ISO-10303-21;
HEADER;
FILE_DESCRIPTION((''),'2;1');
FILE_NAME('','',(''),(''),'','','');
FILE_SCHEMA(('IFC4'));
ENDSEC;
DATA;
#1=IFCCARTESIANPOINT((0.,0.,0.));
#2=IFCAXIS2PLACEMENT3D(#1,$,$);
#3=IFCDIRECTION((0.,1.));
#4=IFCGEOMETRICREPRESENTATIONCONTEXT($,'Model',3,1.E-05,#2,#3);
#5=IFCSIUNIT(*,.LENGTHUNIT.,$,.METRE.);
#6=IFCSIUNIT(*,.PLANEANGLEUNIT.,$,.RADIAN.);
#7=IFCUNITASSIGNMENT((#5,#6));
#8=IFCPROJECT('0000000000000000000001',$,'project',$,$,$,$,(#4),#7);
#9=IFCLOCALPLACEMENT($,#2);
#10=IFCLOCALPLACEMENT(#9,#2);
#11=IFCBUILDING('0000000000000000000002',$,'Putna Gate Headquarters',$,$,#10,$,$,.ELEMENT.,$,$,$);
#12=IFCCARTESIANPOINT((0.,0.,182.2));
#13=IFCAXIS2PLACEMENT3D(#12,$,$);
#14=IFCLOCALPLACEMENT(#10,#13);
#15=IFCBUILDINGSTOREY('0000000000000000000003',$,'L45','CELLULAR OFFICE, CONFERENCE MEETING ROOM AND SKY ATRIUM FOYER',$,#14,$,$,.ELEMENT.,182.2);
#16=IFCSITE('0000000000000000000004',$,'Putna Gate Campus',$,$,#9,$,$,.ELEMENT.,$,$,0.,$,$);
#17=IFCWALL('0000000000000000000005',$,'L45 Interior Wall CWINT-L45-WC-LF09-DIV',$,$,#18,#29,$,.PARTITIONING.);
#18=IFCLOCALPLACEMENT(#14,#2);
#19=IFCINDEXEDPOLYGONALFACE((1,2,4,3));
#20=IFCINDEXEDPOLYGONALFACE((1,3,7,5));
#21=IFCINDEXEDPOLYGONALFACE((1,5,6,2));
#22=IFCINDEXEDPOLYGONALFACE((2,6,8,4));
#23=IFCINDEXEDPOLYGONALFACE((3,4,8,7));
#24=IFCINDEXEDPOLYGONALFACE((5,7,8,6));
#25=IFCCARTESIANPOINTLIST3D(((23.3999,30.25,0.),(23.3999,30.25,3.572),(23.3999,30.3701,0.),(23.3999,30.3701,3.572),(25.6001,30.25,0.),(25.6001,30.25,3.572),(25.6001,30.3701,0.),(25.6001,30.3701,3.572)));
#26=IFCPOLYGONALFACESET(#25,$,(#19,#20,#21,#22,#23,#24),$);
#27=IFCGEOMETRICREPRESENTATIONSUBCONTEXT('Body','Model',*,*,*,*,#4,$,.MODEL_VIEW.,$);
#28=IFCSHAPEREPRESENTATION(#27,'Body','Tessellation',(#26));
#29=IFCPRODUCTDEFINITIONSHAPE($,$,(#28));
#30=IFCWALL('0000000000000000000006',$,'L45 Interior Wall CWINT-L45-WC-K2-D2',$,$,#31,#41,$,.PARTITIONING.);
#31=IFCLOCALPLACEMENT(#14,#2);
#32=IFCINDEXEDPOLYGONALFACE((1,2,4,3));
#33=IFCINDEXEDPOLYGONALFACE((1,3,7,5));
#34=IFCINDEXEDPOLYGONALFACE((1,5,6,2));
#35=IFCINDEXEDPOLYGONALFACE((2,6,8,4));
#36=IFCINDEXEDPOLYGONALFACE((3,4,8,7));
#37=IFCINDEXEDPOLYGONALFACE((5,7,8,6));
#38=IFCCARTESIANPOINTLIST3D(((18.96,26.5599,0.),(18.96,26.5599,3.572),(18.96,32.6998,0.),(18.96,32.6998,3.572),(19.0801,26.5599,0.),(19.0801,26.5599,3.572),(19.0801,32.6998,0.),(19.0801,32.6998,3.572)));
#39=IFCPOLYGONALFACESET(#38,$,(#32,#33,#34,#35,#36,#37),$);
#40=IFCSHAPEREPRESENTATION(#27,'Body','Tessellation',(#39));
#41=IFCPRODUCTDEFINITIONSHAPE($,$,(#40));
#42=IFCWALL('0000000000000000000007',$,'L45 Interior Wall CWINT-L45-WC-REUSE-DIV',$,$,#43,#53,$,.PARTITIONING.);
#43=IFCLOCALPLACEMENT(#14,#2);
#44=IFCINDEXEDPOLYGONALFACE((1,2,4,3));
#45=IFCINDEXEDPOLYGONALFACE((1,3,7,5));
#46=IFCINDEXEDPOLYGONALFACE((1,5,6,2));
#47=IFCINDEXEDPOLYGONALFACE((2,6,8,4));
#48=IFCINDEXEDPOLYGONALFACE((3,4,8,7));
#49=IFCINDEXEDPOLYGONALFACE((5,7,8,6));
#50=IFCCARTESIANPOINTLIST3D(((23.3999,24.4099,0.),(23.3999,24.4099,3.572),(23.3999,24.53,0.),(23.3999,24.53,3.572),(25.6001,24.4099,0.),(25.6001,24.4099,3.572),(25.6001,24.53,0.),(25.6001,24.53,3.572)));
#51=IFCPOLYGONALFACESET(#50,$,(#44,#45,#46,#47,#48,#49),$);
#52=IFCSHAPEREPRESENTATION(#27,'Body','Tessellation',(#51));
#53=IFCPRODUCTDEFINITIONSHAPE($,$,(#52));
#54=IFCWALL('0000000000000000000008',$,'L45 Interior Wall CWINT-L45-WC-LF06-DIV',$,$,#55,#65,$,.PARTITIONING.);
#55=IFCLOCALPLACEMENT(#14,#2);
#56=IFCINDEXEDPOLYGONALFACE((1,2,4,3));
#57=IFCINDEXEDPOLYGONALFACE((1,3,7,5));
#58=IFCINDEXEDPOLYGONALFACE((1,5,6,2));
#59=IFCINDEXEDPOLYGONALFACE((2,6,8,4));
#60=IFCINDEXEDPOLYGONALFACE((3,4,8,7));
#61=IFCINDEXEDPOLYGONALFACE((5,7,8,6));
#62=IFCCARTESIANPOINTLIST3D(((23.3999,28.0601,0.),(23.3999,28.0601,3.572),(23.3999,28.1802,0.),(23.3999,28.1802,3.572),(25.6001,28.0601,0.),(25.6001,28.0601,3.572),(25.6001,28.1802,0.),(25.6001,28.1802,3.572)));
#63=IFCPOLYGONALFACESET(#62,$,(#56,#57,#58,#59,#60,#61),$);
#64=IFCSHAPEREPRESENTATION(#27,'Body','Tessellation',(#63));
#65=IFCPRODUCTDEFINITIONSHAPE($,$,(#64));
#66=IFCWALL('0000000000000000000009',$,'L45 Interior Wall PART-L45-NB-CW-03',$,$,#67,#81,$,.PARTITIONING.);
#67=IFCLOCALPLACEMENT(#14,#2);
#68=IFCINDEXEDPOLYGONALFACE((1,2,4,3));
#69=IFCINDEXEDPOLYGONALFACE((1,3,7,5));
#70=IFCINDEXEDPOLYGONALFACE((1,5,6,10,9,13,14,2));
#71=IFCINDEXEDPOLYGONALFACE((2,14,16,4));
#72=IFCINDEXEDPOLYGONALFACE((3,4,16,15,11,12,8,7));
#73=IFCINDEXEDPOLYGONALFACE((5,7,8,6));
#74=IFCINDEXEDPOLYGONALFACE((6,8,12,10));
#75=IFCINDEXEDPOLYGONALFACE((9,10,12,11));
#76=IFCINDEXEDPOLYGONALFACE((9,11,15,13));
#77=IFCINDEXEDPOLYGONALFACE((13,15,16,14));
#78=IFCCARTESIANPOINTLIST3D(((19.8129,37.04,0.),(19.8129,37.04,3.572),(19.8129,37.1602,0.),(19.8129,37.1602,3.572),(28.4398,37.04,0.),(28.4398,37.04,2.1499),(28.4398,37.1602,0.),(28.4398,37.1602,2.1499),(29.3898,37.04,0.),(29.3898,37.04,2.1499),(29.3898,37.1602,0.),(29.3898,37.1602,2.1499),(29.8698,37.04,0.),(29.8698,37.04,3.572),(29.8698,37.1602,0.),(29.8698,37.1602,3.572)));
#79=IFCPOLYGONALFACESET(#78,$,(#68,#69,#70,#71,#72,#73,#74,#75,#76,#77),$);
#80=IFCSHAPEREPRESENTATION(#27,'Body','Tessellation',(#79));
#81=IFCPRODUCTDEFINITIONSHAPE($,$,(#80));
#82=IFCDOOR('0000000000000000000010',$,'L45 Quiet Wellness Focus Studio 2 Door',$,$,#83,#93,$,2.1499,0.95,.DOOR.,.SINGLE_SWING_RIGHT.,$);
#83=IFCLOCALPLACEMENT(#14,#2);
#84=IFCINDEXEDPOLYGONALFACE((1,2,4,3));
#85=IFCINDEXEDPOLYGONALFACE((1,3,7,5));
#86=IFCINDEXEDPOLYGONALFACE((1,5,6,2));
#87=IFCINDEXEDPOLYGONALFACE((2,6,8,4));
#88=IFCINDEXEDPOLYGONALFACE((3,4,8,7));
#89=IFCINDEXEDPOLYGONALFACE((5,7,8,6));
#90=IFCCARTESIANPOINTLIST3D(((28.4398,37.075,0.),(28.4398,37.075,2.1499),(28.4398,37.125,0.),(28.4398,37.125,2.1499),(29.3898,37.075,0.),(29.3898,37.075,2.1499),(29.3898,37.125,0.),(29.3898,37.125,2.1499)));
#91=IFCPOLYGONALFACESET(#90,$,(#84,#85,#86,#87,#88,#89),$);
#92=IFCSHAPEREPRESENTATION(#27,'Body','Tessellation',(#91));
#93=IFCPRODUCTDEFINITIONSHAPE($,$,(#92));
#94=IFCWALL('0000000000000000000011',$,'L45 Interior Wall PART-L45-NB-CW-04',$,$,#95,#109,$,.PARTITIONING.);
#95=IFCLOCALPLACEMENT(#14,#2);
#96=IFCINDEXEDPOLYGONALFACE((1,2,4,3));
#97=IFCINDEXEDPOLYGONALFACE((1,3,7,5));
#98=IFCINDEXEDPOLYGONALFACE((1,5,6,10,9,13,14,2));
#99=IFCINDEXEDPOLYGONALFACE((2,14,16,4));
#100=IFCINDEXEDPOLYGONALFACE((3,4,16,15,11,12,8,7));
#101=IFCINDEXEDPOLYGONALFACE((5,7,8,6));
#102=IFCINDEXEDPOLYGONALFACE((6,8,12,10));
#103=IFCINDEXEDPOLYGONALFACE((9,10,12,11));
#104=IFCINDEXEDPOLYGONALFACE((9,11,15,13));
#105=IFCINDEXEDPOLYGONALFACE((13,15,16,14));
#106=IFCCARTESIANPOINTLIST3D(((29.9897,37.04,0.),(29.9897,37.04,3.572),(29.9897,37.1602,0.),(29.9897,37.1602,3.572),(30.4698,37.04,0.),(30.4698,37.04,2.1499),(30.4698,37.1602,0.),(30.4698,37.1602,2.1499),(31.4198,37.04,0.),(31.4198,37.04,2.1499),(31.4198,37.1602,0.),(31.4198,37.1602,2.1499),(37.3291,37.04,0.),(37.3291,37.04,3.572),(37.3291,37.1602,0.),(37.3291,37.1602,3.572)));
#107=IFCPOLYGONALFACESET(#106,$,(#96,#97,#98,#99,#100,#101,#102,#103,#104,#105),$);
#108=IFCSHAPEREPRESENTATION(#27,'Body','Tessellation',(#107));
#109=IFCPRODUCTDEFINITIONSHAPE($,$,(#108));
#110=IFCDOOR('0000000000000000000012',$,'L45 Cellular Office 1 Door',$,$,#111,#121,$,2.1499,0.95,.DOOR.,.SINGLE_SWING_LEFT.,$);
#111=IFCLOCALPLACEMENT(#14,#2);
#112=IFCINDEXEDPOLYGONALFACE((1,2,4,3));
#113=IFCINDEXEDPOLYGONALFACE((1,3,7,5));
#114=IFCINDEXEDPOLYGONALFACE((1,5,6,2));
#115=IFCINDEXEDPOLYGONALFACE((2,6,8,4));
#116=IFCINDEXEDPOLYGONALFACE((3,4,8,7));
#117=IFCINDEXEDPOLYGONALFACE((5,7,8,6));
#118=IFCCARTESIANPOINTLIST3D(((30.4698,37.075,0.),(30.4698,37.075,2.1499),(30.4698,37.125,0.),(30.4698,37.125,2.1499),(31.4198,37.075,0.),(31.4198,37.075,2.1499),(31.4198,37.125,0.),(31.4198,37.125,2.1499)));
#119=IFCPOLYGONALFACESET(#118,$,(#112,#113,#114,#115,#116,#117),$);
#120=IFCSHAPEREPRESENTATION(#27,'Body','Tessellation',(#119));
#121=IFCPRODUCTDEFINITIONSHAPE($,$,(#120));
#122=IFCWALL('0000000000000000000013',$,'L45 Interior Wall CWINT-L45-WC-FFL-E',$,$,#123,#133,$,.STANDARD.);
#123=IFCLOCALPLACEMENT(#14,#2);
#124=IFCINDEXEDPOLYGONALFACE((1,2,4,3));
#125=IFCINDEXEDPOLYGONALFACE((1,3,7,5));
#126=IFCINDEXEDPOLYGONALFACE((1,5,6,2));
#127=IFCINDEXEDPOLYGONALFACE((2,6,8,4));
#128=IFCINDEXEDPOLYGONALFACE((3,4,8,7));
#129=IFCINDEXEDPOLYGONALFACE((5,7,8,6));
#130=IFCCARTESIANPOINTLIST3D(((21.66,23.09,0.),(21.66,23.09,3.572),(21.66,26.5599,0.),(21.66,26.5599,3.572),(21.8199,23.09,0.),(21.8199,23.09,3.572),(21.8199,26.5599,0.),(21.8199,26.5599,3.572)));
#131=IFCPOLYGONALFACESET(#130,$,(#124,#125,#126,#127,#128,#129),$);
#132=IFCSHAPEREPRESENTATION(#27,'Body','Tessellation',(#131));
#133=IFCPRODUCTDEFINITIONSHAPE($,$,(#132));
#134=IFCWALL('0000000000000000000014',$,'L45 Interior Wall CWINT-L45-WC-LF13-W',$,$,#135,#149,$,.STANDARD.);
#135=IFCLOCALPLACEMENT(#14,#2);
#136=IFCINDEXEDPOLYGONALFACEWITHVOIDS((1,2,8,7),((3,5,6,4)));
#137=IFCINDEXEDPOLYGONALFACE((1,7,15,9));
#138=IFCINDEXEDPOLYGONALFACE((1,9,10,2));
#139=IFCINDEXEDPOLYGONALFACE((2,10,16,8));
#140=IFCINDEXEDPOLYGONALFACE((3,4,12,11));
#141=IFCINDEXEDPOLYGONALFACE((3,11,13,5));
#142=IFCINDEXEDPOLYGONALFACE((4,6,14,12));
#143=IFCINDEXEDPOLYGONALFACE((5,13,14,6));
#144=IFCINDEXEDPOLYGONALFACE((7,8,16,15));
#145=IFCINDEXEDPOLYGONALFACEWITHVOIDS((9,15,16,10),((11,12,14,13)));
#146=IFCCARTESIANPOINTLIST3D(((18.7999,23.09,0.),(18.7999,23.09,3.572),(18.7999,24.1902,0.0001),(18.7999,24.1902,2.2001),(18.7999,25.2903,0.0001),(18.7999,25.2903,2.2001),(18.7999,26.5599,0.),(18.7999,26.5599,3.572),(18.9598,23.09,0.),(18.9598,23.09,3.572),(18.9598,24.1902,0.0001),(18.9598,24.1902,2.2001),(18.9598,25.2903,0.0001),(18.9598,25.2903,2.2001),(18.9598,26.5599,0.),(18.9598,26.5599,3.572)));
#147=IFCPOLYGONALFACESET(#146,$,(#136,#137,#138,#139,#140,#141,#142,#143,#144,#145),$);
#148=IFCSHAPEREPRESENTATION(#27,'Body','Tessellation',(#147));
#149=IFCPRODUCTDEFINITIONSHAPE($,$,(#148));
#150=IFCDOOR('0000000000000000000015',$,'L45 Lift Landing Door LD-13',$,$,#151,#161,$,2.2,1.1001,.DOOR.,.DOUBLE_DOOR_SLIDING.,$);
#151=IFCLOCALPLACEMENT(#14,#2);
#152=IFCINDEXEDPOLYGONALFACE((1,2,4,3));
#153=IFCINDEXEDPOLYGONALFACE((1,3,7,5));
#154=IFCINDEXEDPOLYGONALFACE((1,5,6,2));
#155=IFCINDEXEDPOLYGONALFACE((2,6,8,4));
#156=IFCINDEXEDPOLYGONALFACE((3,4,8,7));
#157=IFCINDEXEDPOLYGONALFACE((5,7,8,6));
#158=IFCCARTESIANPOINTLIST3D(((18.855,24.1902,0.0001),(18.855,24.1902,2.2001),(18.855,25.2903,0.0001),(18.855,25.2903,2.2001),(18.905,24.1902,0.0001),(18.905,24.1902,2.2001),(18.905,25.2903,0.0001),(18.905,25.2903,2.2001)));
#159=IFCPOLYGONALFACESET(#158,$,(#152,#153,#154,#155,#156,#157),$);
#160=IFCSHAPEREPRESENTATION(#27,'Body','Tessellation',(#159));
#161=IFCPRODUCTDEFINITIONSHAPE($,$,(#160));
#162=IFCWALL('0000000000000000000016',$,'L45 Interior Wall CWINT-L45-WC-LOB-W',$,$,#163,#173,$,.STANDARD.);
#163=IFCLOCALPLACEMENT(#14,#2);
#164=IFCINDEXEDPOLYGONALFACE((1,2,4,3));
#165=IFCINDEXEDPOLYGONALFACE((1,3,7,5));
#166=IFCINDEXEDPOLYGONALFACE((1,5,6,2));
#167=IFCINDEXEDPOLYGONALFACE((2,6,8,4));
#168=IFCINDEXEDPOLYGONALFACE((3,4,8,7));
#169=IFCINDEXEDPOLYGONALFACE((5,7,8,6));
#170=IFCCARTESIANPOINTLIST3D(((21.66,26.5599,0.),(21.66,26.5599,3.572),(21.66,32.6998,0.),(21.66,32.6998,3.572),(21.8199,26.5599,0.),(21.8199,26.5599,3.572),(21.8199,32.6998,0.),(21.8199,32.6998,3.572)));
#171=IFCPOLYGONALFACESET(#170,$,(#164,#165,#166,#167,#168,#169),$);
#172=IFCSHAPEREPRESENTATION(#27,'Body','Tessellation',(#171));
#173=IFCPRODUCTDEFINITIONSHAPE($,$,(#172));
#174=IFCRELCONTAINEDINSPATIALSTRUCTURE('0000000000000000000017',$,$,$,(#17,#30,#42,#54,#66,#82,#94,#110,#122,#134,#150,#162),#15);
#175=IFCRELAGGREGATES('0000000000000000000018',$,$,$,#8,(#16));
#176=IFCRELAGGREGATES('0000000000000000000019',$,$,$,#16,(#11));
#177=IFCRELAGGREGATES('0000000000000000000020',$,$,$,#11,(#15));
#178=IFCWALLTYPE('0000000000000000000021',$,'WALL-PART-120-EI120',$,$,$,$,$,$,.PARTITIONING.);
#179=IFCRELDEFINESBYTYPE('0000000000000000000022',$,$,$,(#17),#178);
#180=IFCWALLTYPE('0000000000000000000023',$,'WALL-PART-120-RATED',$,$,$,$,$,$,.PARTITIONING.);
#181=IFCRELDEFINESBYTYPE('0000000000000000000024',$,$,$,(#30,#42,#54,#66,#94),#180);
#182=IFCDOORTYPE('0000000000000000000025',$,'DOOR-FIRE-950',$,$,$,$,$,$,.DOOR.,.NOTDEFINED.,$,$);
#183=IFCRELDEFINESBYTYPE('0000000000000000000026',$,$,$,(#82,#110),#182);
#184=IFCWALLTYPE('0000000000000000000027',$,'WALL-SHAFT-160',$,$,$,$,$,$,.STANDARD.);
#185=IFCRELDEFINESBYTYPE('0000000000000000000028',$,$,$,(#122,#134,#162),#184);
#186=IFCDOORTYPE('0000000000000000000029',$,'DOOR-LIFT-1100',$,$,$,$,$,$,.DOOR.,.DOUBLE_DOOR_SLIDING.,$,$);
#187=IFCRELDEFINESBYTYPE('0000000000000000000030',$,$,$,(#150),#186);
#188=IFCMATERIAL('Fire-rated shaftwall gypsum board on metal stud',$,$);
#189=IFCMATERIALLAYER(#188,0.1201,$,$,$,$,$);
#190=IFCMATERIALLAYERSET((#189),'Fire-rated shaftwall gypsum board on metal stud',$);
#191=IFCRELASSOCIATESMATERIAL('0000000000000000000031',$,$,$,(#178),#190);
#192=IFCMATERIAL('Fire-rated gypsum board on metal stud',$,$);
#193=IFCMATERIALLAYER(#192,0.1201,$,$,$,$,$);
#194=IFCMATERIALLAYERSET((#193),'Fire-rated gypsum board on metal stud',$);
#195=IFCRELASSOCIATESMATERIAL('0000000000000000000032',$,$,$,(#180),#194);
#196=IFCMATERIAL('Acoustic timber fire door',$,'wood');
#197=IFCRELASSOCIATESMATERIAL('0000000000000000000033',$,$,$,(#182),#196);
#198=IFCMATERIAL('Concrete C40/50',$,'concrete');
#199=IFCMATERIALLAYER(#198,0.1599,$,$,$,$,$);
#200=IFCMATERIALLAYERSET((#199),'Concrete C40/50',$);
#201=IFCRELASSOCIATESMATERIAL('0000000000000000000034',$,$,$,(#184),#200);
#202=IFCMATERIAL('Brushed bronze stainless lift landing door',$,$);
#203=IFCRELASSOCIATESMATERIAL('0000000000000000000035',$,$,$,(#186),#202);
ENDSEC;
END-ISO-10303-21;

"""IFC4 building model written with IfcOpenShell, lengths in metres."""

from ifc_helpers import new_model, si_unit, direction, frame, frame_2d, origin, place, context, subcontext, project, spatial, rectangle, extrude, material, layer, layer_set, type_object, element, fill, save


model = new_model("IFC4")

# Units and contexts
model_context = context("Model", 3, precision=1e-05, world=origin(), true_north=direction((0.0, 1.0)))
body_context = subcontext(model_context, "Body", "Model", "MODEL_VIEW")
ifc_project = project(units=[si_unit("LENGTHUNIT", "METRE"), si_unit("PLANEANGLEUNIT", "RADIAN")], contexts=[model_context])

# Site, building, storey
site_placement = place(None, origin())
site = spatial("IfcSite", under=ifc_project, at=site_placement, Name="Putna Gate Campus", CompositionType="ELEMENT", RefElevation=0.0)
building_placement = place(site_placement, origin())
building = spatial("IfcBuilding", under=site, at=building_placement, Name="Putna Gate Headquarters", CompositionType="ELEMENT")
storey_placement = place(building_placement, frame((0.0, 0.0, 182.2)))
storey = spatial("IfcBuildingStorey", under=building, at=storey_placement, Name="L45", Description="CELLULAR OFFICE, CONFERENCE MEETING ROOM AND SKY ATRIUM FOYER", CompositionType="ELEMENT", Elevation=182.2)

# Walls
ifc_material_1 = material(Name="Fire-rated shaftwall gypsum board on metal stud")
ifc_layer_1 = layer(ifc_material_1, 0.1201)
ifc_layer_set_1 = layer_set([ifc_layer_1], Name="Fire-rated shaftwall gypsum board on metal stud")
wall_type_1 = type_object("IfcWallType", Name="WALL-PART-120-EI120", PredefinedType="PARTITIONING", material=ifc_layer_set_1)
wall_1_placement = place(storey_placement, frame((23.3999, 30.3101, 0.0), z_axis=(0.0, 0.0, 1.0), x_axis=(1.0, 0.0, 0.0)))
element("IfcWall", 1, at=wall_1_placement, inside=storey, type_object=wall_type_1, Name="L45 Interior Wall CWINT-L45-WC-LF09-DIV", PredefinedType="PARTITIONING", context=body_context, shape_type="SweptSolid", body=[
    extrude(rectangle(XDim=2.2002, YDim=0.1201, at=frame_2d((1.1001, 0.0))), origin(), (0.0, 0.0, 1.0), 3.572),
])
ifc_material_2 = material(Name="Fire-rated gypsum board on metal stud")
ifc_layer_2 = layer(ifc_material_2, 0.1201)
ifc_layer_set_2 = layer_set([ifc_layer_2], Name="Fire-rated gypsum board on metal stud")
wall_type_2 = type_object("IfcWallType", Name="WALL-PART-120-RATED", PredefinedType="PARTITIONING", material=ifc_layer_set_2)
wall_2_placement = place(storey_placement, frame((19.02, 26.5601, 0.0), z_axis=(0.0, 0.0, 1.0), x_axis=(0.0, 1.0, 0.0)))
element("IfcWall", 2, at=wall_2_placement, inside=storey, type_object=wall_type_2, Name="L45 Interior Wall CWINT-L45-WC-K2-D2", PredefinedType="PARTITIONING", context=body_context, shape_type="SweptSolid", body=[
    extrude(rectangle(XDim=6.1399, YDim=0.1201, at=frame_2d((3.0698, 0.0))), origin(), (0.0, 0.0, 1.0), 3.572),
])
for number, where, z_axis, x_axis, name in (
    (3, (23.3999, 24.47, 0.0), (0.0, 0.0, 1.0), (1.0, 0.0, 0.0), "L45 Interior Wall CWINT-L45-WC-REUSE-DIV"),
    (4, (23.3999, 28.1201, 0.0), (0.0, 0.0, 1.0), (1.0, 0.0, 0.0), "L45 Interior Wall CWINT-L45-WC-LF06-DIV"),
):
    element("IfcWall", number, at=place(storey_placement, frame(where, z_axis=z_axis, x_axis=x_axis)), inside=storey, type_object=wall_type_2, Name=name, PredefinedType="PARTITIONING", context=body_context, shape_type="SweptSolid", body=[
        extrude(rectangle(XDim=2.2002, YDim=0.1201, at=frame_2d((1.1001, 0.0))), origin(), (0.0, 0.0, 1.0), 3.572),
    ])

# Walls, openings, doors
wall_3_placement = place(storey_placement, frame((19.813, 37.1001, 0.0), z_axis=(0.0, 0.0, 1.0), x_axis=(1.0, 0.0, 0.0)))
wall_3 = element("IfcWall", 5, at=wall_3_placement, inside=storey, type_object=wall_type_2, Name="L45 Interior Wall PART-L45-NB-CW-03", PredefinedType="PARTITIONING", context=body_context, shape_type="SweptSolid", body=[
    extrude(rectangle(XDim=10.0569, YDim=0.1201, at=frame_2d((5.0283, 0.0))), origin(), (0.0, 0.0, 1.0), 3.572),
])
opening_1_placement = place(wall_3_placement, frame((8.6267, 0.0, 0.0)))
opening_1 = element("IfcOpeningElement", 6, at=opening_1_placement, cuts=wall_3, PredefinedType="OPENING", context=body_context, shape_type="SweptSolid", body=[
    extrude(rectangle(XDim=0.95, YDim=2.1499, at=frame_2d((0.4751, 1.075))), frame((0.0, 0.0701, 0.0), z_axis=(0.0, -1.0, 0.0), x_axis=(1.0, 0.0, 0.0)), (0.0, 0.0, 1.0), 0.1401),
])
ifc_material_3 = material(Name="Acoustic timber fire door", Category="wood")
door_type_1 = type_object("IfcDoorType", Name="DOOR-FIRE-950", OperationType="NOTDEFINED", PredefinedType="DOOR", material=ifc_material_3)
door_1_placement = place(opening_1_placement, origin())
door_1 = element("IfcDoor", 7, at=door_1_placement, inside=storey, type_object=door_type_1, Name="L45 Quiet Wellness Focus Studio 2 Door", OperationType="SINGLE_SWING_RIGHT", OverallHeight=2.1499, OverallWidth=0.95, PredefinedType="DOOR", context=body_context, shape_type="SweptSolid", body=[
    extrude(rectangle(XDim=0.95, YDim=2.1499, at=frame_2d((0.4751, 1.075))), frame((0.0, 0.0249, 0.0), z_axis=(0.0, -1.0, 0.0), x_axis=(1.0, 0.0, 0.0)), (0.0, 0.0, 1.0), 0.05),
])
fill(opening_1, door_1)
wall_4_placement = place(storey_placement, frame((29.9897, 37.1001, 0.0), z_axis=(0.0, 0.0, 1.0), x_axis=(1.0, 0.0, 0.0)))
wall_4 = element("IfcWall", 8, at=wall_4_placement, inside=storey, type_object=wall_type_2, Name="L45 Interior Wall PART-L45-NB-CW-04", PredefinedType="PARTITIONING", context=body_context, shape_type="SweptSolid", body=[
    extrude(rectangle(XDim=7.3394, YDim=0.1201, at=frame_2d((3.6697, 0.0))), origin(), (0.0, 0.0, 1.0), 3.572),
])
opening_2_placement = place(wall_4_placement, frame((0.48, 0.0, 0.0)))
opening_2 = element("IfcOpeningElement", 9, at=opening_2_placement, cuts=wall_4, PredefinedType="OPENING", context=body_context, shape_type="SweptSolid", body=[
    extrude(rectangle(XDim=0.95, YDim=2.1499, at=frame_2d((0.4751, 1.075))), frame((0.0, 0.0701, 0.0), z_axis=(0.0, -1.0, 0.0), x_axis=(1.0, 0.0, 0.0)), (0.0, 0.0, 1.0), 0.1401),
])
door_2_placement = place(opening_2_placement, origin())
door_2 = element("IfcDoor", 10, at=door_2_placement, inside=storey, type_object=door_type_1, Name="L45 Cellular Office 1 Door", OperationType="SINGLE_SWING_LEFT", OverallHeight=2.1499, OverallWidth=0.95, PredefinedType="DOOR", context=body_context, shape_type="SweptSolid", body=[
    extrude(rectangle(XDim=0.95, YDim=2.1499, at=frame_2d((0.4751, 1.075))), frame((0.0, 0.0249, 0.0), z_axis=(0.0, -1.0, 0.0), x_axis=(1.0, 0.0, 0.0)), (0.0, 0.0, 1.0), 0.05),
])
fill(opening_2, door_2)

# Wall
ifc_material_4 = material(Name="Concrete C40/50", Category="concrete")
ifc_layer_3 = layer(ifc_material_4, 0.1599)
ifc_layer_set_3 = layer_set([ifc_layer_3], Name="Concrete C40/50")
wall_type_3 = type_object("IfcWallType", Name="WALL-SHAFT-160", PredefinedType="STANDARD", material=ifc_layer_set_3)
wall_5_placement = place(storey_placement, frame((21.74, 23.0901, 0.0), z_axis=(0.0, 0.0, 1.0), x_axis=(0.0, 1.0, 0.0)))
element("IfcWall", 11, at=wall_5_placement, inside=storey, type_object=wall_type_3, Name="L45 Interior Wall CWINT-L45-WC-FFL-E", PredefinedType="STANDARD", context=body_context, shape_type="SweptSolid", body=[
    extrude(rectangle(XDim=3.47, YDim=0.1599, at=frame_2d((1.7349, 0.0))), origin(), (0.0, 0.0, 1.0), 3.572),
])

# Wall, opening, door
wall_6_placement = place(storey_placement, frame((18.8799, 23.0901, 0.0), z_axis=(0.0, 0.0, 1.0), x_axis=(0.0, 1.0, 0.0)))
wall_6 = element("IfcWall", 12, at=wall_6_placement, inside=storey, type_object=wall_type_3, Name="L45 Interior Wall CWINT-L45-WC-LF13-W", PredefinedType="STANDARD", context=body_context, shape_type="SweptSolid", body=[
    extrude(rectangle(XDim=3.47, YDim=0.1599, at=frame_2d((1.7349, 0.0))), origin(), (0.0, 0.0, 1.0), 3.572),
])
opening_3_placement = place(wall_6_placement, frame((1.1001, 0.0, 0.0)))
opening_3 = element("IfcOpeningElement", 13, at=opening_3_placement, cuts=wall_6, PredefinedType="OPENING", context=body_context, shape_type="SweptSolid", body=[
    extrude(rectangle(XDim=1.1001, YDim=2.2, at=frame_2d((0.55, 1.1001))), frame((0.0, 0.0898, 0.0), z_axis=(0.0, -1.0, 0.0), x_axis=(1.0, 0.0, 0.0)), (0.0, 0.0, 1.0), 0.1799),
])
ifc_material_5 = material(Name="Brushed bronze stainless lift landing door")
door_type_2 = type_object("IfcDoorType", Name="DOOR-LIFT-1100", OperationType="DOUBLE_DOOR_SLIDING", PredefinedType="DOOR", material=ifc_material_5)
door_3_placement = place(opening_3_placement, origin())
door_3 = element("IfcDoor", 14, at=door_3_placement, inside=storey, type_object=door_type_2, Name="L45 Lift Landing Door LD-13", OperationType="DOUBLE_DOOR_SLIDING", OverallHeight=2.2, OverallWidth=1.1001, PredefinedType="DOOR", context=body_context, shape_type="SweptSolid", body=[
    extrude(rectangle(XDim=1.1001, YDim=2.2, at=frame_2d((0.55, 1.1001))), frame((0.0, 0.0249, 0.0), z_axis=(0.0, -1.0, 0.0), x_axis=(1.0, 0.0, 0.0)), (0.0, 0.0, 1.0), 0.05),
])
fill(opening_3, door_3)

# Wall
wall_7_placement = place(storey_placement, frame((21.74, 26.5601, 0.0), z_axis=(0.0, 0.0, 1.0), x_axis=(0.0, 1.0, 0.0)))
element("IfcWall", 15, at=wall_7_placement, inside=storey, type_object=wall_type_3, Name="L45 Interior Wall CWINT-L45-WC-LOB-W", PredefinedType="STANDARD", context=body_context, shape_type="SweptSolid", body=[
    extrude(rectangle(XDim=6.1399, YDim=0.1599, at=frame_2d((3.0698, 0.0))), origin(), (0.0, 0.0, 1.0), 3.572),
])

save(model, "model.ifc")
